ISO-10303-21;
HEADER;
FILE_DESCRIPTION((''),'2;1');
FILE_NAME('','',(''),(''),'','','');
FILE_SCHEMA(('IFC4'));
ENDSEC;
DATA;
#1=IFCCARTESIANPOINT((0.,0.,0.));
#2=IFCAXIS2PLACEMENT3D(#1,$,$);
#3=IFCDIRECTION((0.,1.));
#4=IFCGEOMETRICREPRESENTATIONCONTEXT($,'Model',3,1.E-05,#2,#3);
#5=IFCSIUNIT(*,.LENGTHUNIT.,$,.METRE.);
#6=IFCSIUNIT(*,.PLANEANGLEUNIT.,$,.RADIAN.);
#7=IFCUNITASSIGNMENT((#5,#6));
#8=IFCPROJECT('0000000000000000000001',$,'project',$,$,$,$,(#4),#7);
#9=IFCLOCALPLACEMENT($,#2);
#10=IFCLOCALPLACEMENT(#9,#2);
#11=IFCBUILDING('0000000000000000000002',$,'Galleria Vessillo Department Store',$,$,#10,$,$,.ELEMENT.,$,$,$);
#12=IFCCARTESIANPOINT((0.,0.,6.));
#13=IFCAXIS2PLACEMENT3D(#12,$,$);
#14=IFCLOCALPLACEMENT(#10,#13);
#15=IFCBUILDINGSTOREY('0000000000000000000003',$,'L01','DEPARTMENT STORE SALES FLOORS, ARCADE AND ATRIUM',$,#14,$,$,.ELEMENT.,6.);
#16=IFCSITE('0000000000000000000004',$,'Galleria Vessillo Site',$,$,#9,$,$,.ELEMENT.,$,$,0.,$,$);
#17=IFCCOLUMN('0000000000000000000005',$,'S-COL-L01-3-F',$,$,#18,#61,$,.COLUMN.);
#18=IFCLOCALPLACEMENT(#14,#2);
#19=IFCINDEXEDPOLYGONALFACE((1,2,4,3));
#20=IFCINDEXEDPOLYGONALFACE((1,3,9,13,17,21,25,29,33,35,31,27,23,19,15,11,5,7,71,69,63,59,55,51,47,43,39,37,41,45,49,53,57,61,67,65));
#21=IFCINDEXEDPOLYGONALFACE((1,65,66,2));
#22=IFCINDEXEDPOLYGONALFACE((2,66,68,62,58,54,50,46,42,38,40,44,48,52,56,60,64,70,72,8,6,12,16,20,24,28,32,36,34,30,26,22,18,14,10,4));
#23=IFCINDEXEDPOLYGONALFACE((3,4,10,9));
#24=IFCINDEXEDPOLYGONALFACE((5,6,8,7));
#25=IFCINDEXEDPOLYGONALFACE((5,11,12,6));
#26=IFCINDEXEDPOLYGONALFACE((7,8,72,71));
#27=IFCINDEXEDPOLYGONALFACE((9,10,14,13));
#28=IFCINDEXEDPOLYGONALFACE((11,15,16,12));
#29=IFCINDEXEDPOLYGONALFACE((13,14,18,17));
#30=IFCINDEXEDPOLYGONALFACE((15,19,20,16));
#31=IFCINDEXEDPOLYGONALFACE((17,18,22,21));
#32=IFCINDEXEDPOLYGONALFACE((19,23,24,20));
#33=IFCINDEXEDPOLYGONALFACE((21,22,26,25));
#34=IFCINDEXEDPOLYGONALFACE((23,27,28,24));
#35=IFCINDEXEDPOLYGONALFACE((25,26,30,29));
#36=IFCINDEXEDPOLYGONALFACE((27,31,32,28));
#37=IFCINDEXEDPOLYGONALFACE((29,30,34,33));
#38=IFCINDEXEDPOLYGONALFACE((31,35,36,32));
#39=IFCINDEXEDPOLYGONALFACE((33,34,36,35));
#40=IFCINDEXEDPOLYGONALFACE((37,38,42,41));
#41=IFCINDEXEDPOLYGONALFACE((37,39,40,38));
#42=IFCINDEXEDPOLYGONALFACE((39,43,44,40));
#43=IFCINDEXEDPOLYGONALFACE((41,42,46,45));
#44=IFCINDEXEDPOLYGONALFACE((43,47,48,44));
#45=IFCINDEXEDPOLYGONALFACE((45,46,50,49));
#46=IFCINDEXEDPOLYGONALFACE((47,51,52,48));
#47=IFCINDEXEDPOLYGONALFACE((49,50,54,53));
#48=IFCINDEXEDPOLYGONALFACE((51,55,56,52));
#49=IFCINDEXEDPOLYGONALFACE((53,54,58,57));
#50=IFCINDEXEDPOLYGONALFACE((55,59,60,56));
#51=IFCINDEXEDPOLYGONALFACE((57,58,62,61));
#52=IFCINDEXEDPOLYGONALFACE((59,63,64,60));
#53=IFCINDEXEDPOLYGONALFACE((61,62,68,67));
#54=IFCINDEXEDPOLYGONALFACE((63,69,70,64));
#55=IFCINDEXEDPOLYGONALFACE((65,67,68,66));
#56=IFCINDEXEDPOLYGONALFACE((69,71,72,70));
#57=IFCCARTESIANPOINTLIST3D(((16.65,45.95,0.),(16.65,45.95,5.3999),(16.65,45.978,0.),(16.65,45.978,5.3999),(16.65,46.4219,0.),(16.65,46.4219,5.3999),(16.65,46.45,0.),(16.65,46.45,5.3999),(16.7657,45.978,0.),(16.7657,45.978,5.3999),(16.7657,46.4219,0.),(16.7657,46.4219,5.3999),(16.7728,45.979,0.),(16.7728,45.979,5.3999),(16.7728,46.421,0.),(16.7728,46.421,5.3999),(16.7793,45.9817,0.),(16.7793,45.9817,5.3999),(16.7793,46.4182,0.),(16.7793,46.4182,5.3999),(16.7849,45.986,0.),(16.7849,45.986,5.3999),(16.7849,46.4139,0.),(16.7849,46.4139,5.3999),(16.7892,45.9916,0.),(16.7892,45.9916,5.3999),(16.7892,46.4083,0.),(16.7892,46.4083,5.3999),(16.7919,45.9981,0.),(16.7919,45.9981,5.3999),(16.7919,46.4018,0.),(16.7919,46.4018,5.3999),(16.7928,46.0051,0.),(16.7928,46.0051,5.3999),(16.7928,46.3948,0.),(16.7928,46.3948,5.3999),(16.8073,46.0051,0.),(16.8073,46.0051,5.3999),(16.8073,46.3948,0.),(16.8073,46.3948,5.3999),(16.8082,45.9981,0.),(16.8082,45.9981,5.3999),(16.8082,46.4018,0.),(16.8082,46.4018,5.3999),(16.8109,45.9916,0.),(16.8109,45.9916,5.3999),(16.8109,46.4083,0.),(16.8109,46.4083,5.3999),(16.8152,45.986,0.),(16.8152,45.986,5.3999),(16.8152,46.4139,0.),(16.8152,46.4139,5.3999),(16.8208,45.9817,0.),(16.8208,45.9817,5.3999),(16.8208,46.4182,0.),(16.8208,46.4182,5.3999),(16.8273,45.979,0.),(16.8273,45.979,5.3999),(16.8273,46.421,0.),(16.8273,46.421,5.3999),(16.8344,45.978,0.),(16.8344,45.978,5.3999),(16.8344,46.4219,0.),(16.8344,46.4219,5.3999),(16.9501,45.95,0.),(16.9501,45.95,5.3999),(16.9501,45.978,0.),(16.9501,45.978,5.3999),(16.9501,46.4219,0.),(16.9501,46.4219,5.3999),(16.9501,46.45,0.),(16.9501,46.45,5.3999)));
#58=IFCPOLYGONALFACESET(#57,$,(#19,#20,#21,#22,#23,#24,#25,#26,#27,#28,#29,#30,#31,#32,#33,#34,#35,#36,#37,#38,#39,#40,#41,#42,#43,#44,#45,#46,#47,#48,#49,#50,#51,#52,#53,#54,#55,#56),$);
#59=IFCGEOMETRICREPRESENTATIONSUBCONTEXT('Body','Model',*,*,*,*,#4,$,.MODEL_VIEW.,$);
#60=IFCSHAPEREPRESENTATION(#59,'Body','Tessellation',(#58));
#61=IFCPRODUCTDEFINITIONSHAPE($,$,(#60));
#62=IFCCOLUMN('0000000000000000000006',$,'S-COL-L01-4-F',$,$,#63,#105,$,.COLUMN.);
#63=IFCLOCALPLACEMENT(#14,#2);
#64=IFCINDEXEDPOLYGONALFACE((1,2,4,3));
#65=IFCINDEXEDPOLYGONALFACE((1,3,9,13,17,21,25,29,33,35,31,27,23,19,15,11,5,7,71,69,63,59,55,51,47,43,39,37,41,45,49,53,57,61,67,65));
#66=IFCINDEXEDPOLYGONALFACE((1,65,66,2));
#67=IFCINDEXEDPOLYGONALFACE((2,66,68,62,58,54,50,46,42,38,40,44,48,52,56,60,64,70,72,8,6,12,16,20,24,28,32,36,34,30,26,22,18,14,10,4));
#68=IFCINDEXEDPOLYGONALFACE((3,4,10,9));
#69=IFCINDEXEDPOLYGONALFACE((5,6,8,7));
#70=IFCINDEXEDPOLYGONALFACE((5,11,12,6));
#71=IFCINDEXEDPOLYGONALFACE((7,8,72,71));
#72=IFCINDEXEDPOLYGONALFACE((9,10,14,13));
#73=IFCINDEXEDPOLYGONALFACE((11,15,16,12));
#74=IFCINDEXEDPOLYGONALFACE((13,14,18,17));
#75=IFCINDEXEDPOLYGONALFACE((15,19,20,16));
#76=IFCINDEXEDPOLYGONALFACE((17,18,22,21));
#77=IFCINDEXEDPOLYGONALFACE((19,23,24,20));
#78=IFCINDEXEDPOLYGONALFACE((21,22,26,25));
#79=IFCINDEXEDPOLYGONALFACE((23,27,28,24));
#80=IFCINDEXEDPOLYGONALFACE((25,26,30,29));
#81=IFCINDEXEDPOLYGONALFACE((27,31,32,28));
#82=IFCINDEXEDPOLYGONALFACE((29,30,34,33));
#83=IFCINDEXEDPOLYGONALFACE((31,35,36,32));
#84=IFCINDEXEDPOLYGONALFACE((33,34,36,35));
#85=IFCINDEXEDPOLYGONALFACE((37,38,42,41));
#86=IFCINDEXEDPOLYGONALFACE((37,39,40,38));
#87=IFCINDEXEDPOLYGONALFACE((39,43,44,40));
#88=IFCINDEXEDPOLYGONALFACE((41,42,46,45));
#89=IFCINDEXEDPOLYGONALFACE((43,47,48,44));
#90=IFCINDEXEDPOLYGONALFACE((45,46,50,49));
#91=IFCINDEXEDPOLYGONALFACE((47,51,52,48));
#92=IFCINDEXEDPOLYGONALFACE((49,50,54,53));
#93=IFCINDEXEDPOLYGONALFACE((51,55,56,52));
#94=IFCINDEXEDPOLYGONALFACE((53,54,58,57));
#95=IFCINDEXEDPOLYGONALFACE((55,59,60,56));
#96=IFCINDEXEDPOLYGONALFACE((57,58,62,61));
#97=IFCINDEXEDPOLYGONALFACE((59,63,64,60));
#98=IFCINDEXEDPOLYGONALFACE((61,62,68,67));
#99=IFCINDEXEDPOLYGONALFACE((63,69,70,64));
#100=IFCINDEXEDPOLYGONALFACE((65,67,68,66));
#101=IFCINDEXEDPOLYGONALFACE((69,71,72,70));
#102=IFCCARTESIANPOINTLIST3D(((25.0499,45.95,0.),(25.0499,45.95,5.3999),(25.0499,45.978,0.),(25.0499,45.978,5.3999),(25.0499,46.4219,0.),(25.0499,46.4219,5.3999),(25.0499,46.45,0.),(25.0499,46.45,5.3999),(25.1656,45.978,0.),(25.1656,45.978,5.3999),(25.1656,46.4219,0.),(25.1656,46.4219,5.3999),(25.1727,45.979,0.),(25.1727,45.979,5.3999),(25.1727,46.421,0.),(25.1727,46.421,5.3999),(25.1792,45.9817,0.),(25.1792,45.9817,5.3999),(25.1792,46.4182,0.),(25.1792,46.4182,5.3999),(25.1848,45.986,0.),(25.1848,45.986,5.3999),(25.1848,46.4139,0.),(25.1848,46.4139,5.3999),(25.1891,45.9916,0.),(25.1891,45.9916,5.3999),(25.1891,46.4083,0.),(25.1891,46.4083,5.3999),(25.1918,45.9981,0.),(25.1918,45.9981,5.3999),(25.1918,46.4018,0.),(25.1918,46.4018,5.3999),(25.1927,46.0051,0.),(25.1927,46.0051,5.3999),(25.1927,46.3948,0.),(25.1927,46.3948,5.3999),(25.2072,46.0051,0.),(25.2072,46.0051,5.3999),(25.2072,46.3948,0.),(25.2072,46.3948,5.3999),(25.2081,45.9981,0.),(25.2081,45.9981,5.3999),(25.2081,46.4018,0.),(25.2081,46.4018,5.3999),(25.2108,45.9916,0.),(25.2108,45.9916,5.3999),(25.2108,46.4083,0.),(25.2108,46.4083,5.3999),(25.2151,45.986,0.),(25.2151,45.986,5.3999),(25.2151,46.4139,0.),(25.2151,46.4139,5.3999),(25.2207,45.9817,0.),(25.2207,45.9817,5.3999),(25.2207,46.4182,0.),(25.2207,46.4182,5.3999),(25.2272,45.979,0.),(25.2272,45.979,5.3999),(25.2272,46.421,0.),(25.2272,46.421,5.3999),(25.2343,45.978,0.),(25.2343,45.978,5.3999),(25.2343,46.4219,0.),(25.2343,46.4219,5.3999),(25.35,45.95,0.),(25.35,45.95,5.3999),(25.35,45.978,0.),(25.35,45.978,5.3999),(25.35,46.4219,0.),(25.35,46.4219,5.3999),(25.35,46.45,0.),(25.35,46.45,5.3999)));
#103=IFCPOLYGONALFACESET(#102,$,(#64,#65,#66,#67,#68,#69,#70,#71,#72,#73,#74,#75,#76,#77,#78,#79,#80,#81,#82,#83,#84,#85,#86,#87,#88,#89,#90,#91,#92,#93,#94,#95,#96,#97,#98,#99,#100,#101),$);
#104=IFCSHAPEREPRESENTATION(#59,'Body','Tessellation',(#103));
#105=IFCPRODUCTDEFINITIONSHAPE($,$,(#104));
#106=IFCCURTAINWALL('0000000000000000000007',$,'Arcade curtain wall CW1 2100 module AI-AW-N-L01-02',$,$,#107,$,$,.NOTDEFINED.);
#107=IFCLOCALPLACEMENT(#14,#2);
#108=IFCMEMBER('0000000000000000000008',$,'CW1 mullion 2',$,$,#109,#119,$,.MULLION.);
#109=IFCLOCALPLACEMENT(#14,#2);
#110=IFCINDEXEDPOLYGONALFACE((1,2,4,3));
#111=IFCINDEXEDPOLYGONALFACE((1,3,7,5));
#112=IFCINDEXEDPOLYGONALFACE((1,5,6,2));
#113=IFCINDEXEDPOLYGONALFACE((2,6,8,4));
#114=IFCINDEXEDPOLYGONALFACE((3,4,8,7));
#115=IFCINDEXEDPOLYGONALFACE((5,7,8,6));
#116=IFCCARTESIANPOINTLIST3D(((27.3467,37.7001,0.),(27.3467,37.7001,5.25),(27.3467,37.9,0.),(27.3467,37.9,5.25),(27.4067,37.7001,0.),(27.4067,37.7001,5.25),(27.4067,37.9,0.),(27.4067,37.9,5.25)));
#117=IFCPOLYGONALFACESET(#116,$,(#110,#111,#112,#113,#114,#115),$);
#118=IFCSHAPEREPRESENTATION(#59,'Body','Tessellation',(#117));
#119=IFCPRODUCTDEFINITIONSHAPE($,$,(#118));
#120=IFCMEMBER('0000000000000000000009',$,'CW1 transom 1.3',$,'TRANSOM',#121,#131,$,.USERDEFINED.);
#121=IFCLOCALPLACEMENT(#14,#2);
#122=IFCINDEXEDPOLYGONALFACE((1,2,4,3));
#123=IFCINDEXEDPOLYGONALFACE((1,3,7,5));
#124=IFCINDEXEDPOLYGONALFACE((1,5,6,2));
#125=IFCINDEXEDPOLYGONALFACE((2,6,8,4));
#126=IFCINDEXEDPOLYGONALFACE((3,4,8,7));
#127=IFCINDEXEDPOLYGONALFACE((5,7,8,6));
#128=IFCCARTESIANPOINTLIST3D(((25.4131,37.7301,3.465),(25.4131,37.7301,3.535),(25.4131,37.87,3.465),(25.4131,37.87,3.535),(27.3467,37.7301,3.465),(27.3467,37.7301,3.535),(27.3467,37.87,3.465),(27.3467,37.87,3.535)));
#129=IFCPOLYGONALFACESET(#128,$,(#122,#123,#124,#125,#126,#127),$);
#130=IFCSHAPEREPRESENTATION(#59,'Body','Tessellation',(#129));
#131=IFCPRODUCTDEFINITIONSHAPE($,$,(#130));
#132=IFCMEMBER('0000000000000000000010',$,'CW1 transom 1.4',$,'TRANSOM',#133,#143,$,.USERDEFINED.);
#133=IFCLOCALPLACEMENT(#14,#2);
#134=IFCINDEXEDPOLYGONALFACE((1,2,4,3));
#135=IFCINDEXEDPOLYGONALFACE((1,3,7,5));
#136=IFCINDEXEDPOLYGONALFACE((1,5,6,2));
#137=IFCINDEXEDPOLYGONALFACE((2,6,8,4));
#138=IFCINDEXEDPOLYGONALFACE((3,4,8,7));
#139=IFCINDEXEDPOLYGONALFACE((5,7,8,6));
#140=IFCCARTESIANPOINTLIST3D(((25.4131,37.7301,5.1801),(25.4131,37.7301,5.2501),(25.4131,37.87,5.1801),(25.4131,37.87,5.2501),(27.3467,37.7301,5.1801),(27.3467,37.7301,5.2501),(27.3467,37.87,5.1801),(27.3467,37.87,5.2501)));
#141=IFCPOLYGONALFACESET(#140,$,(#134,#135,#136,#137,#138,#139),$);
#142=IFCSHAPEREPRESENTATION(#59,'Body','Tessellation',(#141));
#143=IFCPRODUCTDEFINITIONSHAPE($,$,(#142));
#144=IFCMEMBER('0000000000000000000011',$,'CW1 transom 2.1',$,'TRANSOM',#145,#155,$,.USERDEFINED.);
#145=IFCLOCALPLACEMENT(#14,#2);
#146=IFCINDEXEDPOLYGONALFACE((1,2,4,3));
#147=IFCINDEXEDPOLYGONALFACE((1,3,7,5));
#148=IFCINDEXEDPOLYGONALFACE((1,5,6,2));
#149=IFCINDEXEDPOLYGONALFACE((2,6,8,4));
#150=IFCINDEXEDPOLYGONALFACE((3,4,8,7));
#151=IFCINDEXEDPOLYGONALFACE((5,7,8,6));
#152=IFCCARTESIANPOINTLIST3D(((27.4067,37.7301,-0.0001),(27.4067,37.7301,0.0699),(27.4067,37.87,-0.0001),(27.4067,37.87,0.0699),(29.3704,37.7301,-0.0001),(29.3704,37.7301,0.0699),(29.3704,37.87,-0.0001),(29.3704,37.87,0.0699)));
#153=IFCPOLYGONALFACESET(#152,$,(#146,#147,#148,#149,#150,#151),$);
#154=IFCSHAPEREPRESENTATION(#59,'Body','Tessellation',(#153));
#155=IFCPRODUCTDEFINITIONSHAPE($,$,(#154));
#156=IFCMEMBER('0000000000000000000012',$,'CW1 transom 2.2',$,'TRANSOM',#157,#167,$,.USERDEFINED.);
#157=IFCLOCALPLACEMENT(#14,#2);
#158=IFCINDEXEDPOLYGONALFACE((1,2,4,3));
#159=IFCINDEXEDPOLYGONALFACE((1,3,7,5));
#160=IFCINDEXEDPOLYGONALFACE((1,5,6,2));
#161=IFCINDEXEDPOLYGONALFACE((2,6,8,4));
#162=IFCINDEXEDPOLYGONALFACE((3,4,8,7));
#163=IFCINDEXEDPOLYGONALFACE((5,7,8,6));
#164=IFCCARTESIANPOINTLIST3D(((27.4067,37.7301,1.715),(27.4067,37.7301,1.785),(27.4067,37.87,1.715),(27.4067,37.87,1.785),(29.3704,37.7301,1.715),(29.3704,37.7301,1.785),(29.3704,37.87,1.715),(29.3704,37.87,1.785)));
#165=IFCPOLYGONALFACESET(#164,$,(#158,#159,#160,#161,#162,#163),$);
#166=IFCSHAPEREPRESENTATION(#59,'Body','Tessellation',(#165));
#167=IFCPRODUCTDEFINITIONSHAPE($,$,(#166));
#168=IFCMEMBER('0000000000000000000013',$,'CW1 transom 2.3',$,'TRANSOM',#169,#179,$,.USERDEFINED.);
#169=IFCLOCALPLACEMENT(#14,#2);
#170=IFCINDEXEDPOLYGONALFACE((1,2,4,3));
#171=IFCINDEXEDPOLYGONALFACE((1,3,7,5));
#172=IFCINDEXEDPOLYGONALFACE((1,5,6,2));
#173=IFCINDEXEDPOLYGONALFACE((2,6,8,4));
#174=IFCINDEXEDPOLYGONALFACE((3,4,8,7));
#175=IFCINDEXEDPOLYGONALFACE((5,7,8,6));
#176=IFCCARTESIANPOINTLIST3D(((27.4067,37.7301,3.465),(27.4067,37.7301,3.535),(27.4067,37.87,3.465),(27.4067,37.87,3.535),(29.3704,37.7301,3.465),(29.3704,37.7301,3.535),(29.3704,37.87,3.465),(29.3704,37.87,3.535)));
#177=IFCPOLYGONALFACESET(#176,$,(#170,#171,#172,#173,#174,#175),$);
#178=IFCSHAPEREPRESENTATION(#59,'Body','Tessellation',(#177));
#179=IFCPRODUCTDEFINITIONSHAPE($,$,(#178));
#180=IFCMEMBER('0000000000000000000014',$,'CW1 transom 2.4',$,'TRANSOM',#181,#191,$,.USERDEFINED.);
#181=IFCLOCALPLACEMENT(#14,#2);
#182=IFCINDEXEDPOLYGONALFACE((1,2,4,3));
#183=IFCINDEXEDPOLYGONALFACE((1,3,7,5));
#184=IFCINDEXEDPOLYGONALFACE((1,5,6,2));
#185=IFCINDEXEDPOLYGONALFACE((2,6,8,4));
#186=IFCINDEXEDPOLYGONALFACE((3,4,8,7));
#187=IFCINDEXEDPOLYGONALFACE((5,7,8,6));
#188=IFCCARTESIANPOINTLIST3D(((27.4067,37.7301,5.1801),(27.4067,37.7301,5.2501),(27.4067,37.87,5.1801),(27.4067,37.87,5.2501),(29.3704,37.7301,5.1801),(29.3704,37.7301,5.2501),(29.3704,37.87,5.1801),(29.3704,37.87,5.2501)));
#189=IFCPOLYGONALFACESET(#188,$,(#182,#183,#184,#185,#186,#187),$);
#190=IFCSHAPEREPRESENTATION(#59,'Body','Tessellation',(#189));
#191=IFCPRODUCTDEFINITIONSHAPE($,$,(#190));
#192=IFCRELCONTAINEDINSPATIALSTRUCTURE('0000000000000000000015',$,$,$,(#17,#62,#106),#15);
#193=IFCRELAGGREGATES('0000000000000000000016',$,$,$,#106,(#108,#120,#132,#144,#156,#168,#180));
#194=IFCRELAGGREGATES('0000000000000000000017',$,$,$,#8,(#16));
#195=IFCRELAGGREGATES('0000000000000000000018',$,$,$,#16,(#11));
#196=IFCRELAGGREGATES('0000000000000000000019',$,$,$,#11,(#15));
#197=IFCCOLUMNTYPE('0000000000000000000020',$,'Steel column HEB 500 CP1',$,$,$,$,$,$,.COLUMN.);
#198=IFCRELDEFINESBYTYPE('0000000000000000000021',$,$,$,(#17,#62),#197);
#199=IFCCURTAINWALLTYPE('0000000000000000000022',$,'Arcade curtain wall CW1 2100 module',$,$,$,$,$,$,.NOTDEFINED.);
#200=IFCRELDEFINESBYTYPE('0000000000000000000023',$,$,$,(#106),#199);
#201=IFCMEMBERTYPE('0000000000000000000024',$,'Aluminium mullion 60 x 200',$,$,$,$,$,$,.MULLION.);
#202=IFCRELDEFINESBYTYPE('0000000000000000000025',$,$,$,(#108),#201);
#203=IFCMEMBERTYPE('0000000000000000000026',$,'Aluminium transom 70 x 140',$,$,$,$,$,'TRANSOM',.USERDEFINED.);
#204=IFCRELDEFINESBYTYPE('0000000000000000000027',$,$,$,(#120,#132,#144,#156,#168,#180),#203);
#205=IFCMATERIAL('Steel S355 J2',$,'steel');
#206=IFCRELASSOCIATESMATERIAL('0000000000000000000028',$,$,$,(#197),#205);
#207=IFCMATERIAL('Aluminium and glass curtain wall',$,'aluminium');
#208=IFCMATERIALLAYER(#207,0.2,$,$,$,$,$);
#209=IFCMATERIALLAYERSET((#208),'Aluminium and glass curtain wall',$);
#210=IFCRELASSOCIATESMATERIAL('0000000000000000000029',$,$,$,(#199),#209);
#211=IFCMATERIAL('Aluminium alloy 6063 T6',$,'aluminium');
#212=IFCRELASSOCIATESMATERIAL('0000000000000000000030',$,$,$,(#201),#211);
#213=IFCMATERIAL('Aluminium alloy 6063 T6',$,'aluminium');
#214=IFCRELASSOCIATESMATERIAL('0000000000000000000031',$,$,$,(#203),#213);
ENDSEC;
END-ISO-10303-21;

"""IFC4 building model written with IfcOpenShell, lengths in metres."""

from ifc_helpers import new_model, si_unit, direction, frame, origin, origin_2d, place, context, subcontext, project, spatial, rectangle, i_section, extrude, material, layer, layer_set, material_profile, profile_set, type_object, element, aggregate, save


model = new_model("IFC4")

# Units and contexts
model_context = context("Model", 3, precision=1e-05, world=origin(), true_north=direction((0.0, 1.0)))
body_context = subcontext(model_context, "Body", "Model", "MODEL_VIEW")
ifc_project = project(units=[si_unit("LENGTHUNIT", "METRE"), si_unit("PLANEANGLEUNIT", "RADIAN")], contexts=[model_context])

# Site, building, storey
site_placement = place(None, origin())
site = spatial("IfcSite", under=ifc_project, at=site_placement, Name="Galleria Vessillo Site", CompositionType="ELEMENT", RefElevation=0.0)
building_placement = place(site_placement, origin())
building = spatial("IfcBuilding", under=site, at=building_placement, Name="Galleria Vessillo Department Store", CompositionType="ELEMENT")
storey_placement = place(building_placement, frame((0.0, 0.0, 6.0)))
storey = spatial("IfcBuildingStorey", under=building, at=storey_placement, Name="L01", Description="DEPARTMENT STORE SALES FLOORS, ARCADE AND ATRIUM", CompositionType="ELEMENT", Elevation=6.0)

# Columns
ifc_material_1 = material(Name="Steel S355 J2", Category="steel")
ifc_material_profile_1 = material_profile(ifc_material_1, i_section(OverallWidth=0.3, OverallDepth=0.5, WebThickness=0.0144, FlangeThickness=0.0281, FilletRadius=0.0271, at=origin_2d()), Name="HEB 500")
ifc_profile_set_1 = profile_set([ifc_material_profile_1], Name="Steel S355 J2")
column_type = type_object("IfcColumnType", Name="Steel column HEB 500 CP1", PredefinedType="COLUMN", material=ifc_profile_set_1)
for number, where, z_axis, x_axis, name in (
    (1, (16.8, 46.2, 0.0), (0.0, 0.0, 1.0), (1.0, 0.0, 0.0), "S-COL-L01-3-F"),
    (2, (25.2, 46.2, 0.0), (0.0, 0.0, 1.0), (1.0, 0.0, 0.0), "S-COL-L01-4-F"),
):
    element("IfcColumn", number, at=place(storey_placement, frame(where, z_axis=z_axis, x_axis=x_axis)), inside=storey, type_object=column_type, Name=name, PredefinedType="COLUMN", context=body_context, shape_type="SweptSolid", body=[
        extrude(i_section(OverallWidth=0.3, OverallDepth=0.5, WebThickness=0.0144, FlangeThickness=0.0281, FilletRadius=0.0271, at=origin_2d()), origin(), (0.0, 0.0, 1.0), 5.3999),
    ])

# Curtain wall, members
ifc_material_2 = material(Name="Aluminium and glass curtain wall", Category="aluminium")
ifc_layer_1 = layer(ifc_material_2, 0.2)
ifc_layer_set_1 = layer_set([ifc_layer_1], Name="Aluminium and glass curtain wall")
curtain_wall_type = type_object("IfcCurtainWallType", Name="Arcade curtain wall CW1 2100 module", PredefinedType="NOTDEFINED", material=ifc_layer_set_1)
curtain_wall_placement = place(storey_placement, origin())
curtain_wall = element("IfcCurtainWall", 3, at=curtain_wall_placement, inside=storey, type_object=curtain_wall_type, Name="Arcade curtain wall CW1 2100 module AI-AW-N-L01-02", PredefinedType="NOTDEFINED")
ifc_material_3 = material(Name="Aluminium alloy 6063 T6", Category="aluminium")
ifc_material_profile_2 = material_profile(ifc_material_3, rectangle(XDim=0.2, YDim=0.0601, at=origin_2d()), Name="AL 60x200")
ifc_profile_set_2 = profile_set([ifc_material_profile_2], Name="Aluminium alloy 6063 T6")
member_type_1 = type_object("IfcMemberType", Name="Aluminium mullion 60 x 200", PredefinedType="MULLION", material=ifc_profile_set_2)
member_1_placement = place(storey_placement, frame((27.3767, 37.8, 0.0), z_axis=(0.0, 0.0, 1.0), x_axis=(0.0, 1.0, 0.0)))
member_1 = element("IfcMember", 4, at=member_1_placement, type_object=member_type_1, Name="CW1 mullion 2", PredefinedType="MULLION", context=body_context, shape_type="SweptSolid", body=[
    extrude(rectangle(XDim=0.2, YDim=0.0601, at=origin_2d()), origin(), (0.0, 0.0, 1.0), 5.25),
])
ifc_material_4 = material(Name="Aluminium alloy 6063 T6", Category="aluminium")
ifc_material_profile_3 = material_profile(ifc_material_4, rectangle(XDim=0.1399, YDim=0.0701, at=origin_2d()), Name="AL 70x140")
ifc_profile_set_3 = profile_set([ifc_material_profile_3], Name="Aluminium alloy 6063 T6")
member_type_2 = type_object("IfcMemberType", Name="Aluminium transom 70 x 140", ElementType="TRANSOM", PredefinedType="USERDEFINED", material=ifc_profile_set_3)
member_2_placement = place(storey_placement, frame((25.4131, 37.8, 3.5), z_axis=(1.0, 0.0, 0.0), x_axis=(0.0, 1.0, 0.0)))
member_2 = element("IfcMember", 5, at=member_2_placement, type_object=member_type_2, Name="CW1 transom 1.3", ObjectType="TRANSOM", PredefinedType="USERDEFINED", context=body_context, shape_type="SweptSolid", body=[
    extrude(rectangle(XDim=0.1399, YDim=0.0701, at=origin_2d()), origin(), (0.0, 0.0, 1.0), 1.9336),
])
member_3_placement = place(storey_placement, frame((25.4131, 37.8, 5.2151), z_axis=(1.0, 0.0, 0.0), x_axis=(0.0, 1.0, 0.0)))
member_3 = element("IfcMember", 6, at=member_3_placement, type_object=member_type_2, Name="CW1 transom 1.4", ObjectType="TRANSOM", PredefinedType="USERDEFINED", context=body_context, shape_type="SweptSolid", body=[
    extrude(rectangle(XDim=0.1399, YDim=0.0701, at=origin_2d()), origin(), (0.0, 0.0, 1.0), 1.9336),
])
member_4_placement = place(storey_placement, frame((27.4067, 37.8, 0.0349), z_axis=(1.0, 0.0, 0.0), x_axis=(0.0, 1.0, 0.0)))
member_4 = element("IfcMember", 7, at=member_4_placement, type_object=member_type_2, Name="CW1 transom 2.1", ObjectType="TRANSOM", PredefinedType="USERDEFINED", context=body_context, shape_type="SweptSolid", body=[
    extrude(rectangle(XDim=0.1399, YDim=0.0701, at=origin_2d()), origin(), (0.0, 0.0, 1.0), 1.9636),
])
member_5_placement = place(storey_placement, frame((27.4067, 37.8, 1.75), z_axis=(1.0, 0.0, 0.0), x_axis=(0.0, 1.0, 0.0)))
member_5 = element("IfcMember", 8, at=member_5_placement, type_object=member_type_2, Name="CW1 transom 2.2", ObjectType="TRANSOM", PredefinedType="USERDEFINED", context=body_context, shape_type="SweptSolid", body=[
    extrude(rectangle(XDim=0.1399, YDim=0.0701, at=origin_2d()), origin(), (0.0, 0.0, 1.0), 1.9636),
])
member_6_placement = place(storey_placement, frame((27.4067, 37.8, 3.5), z_axis=(1.0, 0.0, 0.0), x_axis=(0.0, 1.0, 0.0)))
member_6 = element("IfcMember", 9, at=member_6_placement, type_object=member_type_2, Name="CW1 transom 2.3", ObjectType="TRANSOM", PredefinedType="USERDEFINED", context=body_context, shape_type="SweptSolid", body=[
    extrude(rectangle(XDim=0.1399, YDim=0.0701, at=origin_2d()), origin(), (0.0, 0.0, 1.0), 1.9636),
])
member_7_placement = place(storey_placement, frame((27.4067, 37.8, 5.2151), z_axis=(1.0, 0.0, 0.0), x_axis=(0.0, 1.0, 0.0)))
member_7 = element("IfcMember", 10, at=member_7_placement, type_object=member_type_2, Name="CW1 transom 2.4", ObjectType="TRANSOM", PredefinedType="USERDEFINED", context=body_context, shape_type="SweptSolid", body=[
    extrude(rectangle(XDim=0.1399, YDim=0.0701, at=origin_2d()), origin(), (0.0, 0.0, 1.0), 1.9636),
])

aggregate(curtain_wall, [member_1, member_2, member_3, member_4, member_5, member_6, member_7])

save(model, "model.ifc")
